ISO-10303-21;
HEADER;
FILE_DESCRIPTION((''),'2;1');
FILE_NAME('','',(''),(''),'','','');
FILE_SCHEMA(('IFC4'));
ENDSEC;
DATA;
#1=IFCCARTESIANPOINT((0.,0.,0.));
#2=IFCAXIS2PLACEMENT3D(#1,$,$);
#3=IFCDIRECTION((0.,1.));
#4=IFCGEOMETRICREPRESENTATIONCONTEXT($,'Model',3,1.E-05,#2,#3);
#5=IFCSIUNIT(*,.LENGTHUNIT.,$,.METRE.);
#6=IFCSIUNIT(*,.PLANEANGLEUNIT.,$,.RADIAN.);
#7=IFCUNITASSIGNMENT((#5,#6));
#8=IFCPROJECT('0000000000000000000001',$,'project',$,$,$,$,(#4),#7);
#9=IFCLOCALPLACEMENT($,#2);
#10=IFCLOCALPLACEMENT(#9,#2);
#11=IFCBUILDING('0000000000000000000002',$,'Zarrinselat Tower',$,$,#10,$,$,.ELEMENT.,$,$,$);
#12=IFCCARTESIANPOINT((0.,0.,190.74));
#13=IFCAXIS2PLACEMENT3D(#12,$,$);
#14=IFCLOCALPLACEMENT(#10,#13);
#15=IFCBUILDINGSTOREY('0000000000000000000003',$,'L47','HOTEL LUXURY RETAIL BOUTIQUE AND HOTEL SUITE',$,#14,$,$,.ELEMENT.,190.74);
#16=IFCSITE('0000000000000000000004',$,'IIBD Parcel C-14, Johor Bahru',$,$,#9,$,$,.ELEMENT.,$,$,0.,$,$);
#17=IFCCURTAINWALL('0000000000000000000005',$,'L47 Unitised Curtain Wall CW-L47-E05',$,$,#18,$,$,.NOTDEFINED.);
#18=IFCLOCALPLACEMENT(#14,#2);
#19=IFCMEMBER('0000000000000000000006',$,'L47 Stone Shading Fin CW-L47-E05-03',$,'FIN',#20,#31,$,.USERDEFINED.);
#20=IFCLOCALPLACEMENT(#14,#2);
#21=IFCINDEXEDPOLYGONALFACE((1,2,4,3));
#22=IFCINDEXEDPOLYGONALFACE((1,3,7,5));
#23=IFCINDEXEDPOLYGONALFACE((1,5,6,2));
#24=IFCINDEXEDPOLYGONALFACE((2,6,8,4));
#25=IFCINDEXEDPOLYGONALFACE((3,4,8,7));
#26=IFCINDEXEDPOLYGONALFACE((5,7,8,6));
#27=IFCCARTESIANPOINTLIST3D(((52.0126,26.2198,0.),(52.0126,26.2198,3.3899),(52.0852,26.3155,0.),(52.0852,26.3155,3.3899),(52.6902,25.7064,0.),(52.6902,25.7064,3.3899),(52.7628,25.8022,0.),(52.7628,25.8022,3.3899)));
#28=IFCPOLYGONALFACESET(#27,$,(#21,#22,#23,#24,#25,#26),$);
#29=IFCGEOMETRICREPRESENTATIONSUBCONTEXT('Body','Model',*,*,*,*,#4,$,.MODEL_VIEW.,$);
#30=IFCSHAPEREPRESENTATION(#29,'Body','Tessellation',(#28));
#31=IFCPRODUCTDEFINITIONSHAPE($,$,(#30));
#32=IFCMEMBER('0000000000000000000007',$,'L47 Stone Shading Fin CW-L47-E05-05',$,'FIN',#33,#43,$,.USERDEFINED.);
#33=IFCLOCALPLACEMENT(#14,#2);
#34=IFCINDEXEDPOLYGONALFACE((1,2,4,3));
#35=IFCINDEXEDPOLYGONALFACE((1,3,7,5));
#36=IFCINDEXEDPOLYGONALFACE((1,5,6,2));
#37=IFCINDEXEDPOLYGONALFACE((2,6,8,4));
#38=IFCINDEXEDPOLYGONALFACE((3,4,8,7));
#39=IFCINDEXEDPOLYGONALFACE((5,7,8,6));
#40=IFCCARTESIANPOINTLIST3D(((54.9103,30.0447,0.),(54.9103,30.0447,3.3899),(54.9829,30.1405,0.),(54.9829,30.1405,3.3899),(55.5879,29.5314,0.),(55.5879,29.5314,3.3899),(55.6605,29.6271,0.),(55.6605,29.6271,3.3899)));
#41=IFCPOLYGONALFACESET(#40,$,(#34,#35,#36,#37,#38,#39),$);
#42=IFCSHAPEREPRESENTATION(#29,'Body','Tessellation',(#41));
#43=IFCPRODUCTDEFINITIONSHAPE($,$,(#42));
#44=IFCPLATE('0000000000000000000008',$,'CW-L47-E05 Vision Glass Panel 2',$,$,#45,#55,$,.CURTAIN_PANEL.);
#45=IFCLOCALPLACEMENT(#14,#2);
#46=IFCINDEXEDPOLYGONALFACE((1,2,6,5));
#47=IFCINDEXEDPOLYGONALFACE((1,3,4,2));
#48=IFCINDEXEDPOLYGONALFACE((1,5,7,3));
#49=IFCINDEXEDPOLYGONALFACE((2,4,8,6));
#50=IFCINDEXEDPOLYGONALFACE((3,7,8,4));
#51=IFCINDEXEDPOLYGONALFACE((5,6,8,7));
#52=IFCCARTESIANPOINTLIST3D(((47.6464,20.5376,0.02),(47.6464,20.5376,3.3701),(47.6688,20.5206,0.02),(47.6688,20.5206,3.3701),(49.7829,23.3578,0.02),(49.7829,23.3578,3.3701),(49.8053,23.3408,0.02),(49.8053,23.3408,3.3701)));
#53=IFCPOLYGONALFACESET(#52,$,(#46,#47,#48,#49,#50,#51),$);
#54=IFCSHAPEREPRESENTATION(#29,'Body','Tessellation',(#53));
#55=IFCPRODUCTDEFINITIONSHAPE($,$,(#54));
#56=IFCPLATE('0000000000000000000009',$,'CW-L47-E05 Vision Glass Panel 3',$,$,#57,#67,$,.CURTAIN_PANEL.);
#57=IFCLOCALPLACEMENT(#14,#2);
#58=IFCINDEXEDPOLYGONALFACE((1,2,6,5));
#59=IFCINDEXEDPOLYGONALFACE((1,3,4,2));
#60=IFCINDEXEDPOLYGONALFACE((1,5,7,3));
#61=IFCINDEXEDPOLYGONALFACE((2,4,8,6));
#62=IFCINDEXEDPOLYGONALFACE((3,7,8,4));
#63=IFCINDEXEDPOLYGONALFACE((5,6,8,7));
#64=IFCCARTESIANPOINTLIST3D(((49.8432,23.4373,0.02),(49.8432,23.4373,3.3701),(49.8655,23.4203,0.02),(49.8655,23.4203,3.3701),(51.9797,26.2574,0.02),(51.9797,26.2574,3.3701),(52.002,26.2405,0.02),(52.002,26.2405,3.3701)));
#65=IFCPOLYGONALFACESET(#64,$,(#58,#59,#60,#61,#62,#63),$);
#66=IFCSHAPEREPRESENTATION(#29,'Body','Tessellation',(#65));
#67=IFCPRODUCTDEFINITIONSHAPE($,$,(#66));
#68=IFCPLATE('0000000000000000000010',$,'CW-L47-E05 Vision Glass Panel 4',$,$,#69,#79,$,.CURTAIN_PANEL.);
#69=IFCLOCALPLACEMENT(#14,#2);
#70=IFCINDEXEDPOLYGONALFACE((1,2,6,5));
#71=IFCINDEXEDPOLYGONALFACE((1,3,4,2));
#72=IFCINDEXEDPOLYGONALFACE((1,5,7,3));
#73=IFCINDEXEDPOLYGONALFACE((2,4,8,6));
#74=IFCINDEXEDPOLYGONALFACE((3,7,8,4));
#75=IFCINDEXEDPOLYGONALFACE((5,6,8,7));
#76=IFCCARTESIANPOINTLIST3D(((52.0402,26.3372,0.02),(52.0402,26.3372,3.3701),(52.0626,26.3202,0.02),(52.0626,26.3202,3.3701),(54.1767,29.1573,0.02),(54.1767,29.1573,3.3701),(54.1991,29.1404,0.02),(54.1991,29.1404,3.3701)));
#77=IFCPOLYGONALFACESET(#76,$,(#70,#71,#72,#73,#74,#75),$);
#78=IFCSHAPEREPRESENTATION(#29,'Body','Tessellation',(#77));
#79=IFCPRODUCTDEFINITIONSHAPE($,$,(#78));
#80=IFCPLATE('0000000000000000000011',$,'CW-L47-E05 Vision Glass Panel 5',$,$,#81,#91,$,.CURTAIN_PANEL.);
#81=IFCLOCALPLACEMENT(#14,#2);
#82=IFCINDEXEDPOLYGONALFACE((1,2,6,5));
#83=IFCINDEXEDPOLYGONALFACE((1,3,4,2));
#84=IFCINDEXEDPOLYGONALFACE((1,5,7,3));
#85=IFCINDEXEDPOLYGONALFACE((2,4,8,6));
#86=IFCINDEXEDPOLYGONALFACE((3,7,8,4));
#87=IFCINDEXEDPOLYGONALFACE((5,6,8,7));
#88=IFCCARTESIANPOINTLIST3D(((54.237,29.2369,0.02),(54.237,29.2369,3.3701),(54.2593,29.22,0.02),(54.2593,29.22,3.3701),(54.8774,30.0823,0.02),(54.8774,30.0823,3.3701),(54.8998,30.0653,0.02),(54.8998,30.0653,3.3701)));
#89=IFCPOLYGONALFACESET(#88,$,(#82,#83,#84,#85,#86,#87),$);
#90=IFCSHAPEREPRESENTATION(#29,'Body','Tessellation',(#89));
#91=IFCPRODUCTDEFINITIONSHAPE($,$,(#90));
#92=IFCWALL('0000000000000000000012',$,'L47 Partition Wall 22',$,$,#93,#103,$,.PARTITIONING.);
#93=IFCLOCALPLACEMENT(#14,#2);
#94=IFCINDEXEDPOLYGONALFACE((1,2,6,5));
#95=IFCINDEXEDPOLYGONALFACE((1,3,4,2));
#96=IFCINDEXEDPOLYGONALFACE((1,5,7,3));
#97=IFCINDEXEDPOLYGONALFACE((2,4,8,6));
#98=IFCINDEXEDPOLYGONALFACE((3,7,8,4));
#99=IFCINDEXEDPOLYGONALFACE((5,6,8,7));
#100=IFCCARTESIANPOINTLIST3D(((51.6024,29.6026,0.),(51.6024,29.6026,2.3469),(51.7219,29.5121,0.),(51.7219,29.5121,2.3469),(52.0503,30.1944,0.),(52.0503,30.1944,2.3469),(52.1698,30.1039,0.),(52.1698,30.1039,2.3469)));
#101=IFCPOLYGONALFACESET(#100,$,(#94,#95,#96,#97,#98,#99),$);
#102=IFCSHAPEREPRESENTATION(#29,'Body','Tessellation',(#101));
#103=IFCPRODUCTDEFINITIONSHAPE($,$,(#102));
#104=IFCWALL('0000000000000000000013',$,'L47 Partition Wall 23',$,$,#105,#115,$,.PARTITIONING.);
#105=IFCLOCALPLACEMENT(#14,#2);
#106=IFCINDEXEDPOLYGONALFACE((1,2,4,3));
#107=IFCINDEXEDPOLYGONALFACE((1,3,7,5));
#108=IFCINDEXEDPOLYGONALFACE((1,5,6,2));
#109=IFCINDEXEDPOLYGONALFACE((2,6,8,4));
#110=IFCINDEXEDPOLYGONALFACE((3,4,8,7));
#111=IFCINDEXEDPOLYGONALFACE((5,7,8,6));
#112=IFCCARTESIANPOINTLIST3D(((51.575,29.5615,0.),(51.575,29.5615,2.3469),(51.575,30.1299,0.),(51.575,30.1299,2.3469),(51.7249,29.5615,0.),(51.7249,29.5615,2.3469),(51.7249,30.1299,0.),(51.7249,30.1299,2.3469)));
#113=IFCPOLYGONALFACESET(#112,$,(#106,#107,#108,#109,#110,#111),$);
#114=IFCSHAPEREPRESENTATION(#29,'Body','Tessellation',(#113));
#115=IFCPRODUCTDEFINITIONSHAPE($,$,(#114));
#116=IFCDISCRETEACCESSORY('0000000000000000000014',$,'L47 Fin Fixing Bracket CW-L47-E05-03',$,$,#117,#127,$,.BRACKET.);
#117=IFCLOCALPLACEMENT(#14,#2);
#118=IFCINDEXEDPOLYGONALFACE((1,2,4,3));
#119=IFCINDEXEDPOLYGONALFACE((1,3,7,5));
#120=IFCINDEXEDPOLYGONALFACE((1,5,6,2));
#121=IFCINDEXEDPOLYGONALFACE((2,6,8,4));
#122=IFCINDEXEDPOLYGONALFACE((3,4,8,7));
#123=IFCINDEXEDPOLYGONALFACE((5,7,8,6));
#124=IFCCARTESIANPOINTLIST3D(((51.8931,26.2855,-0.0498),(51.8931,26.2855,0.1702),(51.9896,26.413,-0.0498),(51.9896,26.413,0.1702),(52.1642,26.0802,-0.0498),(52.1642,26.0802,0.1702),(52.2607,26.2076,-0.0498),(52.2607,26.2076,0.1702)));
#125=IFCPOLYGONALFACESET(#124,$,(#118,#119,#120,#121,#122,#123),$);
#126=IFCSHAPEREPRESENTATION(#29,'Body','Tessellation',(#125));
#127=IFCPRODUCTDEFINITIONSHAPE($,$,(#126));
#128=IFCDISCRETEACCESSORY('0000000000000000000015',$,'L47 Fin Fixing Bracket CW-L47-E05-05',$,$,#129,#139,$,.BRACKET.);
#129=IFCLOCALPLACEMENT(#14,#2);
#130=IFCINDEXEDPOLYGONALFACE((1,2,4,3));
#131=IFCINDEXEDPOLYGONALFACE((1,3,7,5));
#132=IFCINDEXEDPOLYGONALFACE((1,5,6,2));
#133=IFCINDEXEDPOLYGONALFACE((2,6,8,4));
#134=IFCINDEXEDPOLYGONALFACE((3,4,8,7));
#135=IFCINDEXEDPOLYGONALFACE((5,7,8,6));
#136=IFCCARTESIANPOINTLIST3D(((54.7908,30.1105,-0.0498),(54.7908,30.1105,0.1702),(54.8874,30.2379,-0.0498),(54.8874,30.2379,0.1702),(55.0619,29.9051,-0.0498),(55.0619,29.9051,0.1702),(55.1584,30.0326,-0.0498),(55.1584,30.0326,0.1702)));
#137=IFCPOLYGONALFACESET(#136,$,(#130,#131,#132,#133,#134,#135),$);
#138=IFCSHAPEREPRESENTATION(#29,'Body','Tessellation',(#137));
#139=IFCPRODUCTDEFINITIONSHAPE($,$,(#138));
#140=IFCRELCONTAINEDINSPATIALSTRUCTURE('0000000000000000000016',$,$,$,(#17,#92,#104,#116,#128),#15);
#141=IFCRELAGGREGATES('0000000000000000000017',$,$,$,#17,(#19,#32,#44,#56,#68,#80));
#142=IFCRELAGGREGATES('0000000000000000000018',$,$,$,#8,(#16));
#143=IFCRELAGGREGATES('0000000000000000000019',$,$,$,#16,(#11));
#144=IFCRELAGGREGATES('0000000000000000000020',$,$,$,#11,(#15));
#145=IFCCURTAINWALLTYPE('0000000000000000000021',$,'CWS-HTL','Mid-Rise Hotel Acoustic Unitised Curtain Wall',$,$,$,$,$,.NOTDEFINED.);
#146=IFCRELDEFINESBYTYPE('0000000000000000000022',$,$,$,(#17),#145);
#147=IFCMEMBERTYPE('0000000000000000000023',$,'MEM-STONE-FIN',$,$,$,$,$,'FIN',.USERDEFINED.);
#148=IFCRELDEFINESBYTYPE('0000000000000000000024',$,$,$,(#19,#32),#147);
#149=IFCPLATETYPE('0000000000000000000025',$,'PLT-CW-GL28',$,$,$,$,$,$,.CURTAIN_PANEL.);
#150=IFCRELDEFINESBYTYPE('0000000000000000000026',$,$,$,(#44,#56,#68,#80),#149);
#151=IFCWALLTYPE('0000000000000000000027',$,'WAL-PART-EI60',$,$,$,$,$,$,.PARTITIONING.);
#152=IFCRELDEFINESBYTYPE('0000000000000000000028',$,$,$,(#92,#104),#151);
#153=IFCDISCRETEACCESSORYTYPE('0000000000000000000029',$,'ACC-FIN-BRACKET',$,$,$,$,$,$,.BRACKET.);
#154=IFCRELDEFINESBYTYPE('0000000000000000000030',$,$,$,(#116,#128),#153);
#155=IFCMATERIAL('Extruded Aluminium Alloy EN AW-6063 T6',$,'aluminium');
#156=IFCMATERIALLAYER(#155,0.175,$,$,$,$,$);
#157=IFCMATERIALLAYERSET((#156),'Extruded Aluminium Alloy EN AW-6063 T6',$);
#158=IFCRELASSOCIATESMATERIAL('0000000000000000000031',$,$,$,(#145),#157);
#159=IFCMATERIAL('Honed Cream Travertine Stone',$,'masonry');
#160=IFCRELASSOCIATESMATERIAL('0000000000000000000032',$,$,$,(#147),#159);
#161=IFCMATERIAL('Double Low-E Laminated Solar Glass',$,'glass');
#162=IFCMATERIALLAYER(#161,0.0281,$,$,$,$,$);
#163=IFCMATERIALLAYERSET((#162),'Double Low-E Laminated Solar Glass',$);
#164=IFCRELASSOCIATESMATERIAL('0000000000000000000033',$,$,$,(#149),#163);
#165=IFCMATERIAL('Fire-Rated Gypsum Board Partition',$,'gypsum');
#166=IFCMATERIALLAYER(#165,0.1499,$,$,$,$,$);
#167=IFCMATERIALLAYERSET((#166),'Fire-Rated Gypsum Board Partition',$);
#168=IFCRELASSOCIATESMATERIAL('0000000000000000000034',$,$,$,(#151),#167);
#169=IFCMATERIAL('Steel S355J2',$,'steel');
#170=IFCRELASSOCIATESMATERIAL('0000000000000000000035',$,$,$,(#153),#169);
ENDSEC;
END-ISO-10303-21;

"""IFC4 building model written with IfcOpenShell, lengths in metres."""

from ifc_helpers import new_model, si_unit, direction, frame, frame_2d, origin, origin_2d, place, context, subcontext, project, spatial, rectangle, extrude, material, layer, layer_set, material_profile, profile_set, type_object, element, aggregate, save


model = new_model("IFC4")

# Units and contexts
model_context = context("Model", 3, precision=1e-05, world=origin(), true_north=direction((0.0, 1.0)))
body_context = subcontext(model_context, "Body", "Model", "MODEL_VIEW")
ifc_project = project(units=[si_unit("LENGTHUNIT", "METRE"), si_unit("PLANEANGLEUNIT", "RADIAN")], contexts=[model_context])

# Site, building, storey
site_placement = place(None, origin())
site = spatial("IfcSite", under=ifc_project, at=site_placement, Name="IIBD Parcel C-14, Johor Bahru", CompositionType="ELEMENT", RefElevation=0.0)
building_placement = place(site_placement, origin())
building = spatial("IfcBuilding", under=site, at=building_placement, Name="Zarrinselat Tower", CompositionType="ELEMENT")
storey_placement = place(building_placement, frame((0.0, 0.0, 190.74)))
storey = spatial("IfcBuildingStorey", under=building, at=storey_placement, Name="L47", Description="HOTEL LUXURY RETAIL BOUTIQUE AND HOTEL SUITE", CompositionType="ELEMENT", Elevation=190.74)

# Curtain wall, members, plates
ifc_material_1 = material(Name="Extruded Aluminium Alloy EN AW-6063 T6", Category="aluminium")
ifc_layer_1 = layer(ifc_material_1, 0.175)
ifc_layer_set_1 = layer_set([ifc_layer_1], Name="Extruded Aluminium Alloy EN AW-6063 T6")
curtain_wall_type = type_object("IfcCurtainWallType", Name="CWS-HTL", Description="Mid-Rise Hotel Acoustic Unitised Curtain Wall", PredefinedType="NOTDEFINED", material=ifc_layer_set_1)
curtain_wall_placement = place(storey_placement, origin())
curtain_wall = element("IfcCurtainWall", 1, at=curtain_wall_placement, inside=storey, type_object=curtain_wall_type, Name="L47 Unitised Curtain Wall CW-L47-E05", PredefinedType="NOTDEFINED")
ifc_material_2 = material(Name="Honed Cream Travertine Stone", Category="masonry")
ifc_material_profile_1 = material_profile(ifc_material_2, rectangle(XDim=0.1201, YDim=0.8501, at=origin_2d()), Name="FIN 850x120")
ifc_profile_set_1 = profile_set([ifc_material_profile_1], Name="Honed Cream Travertine Stone")
member_type_1 = type_object("IfcMemberType", Name="MEM-STONE-FIN", ElementType="FIN", PredefinedType="USERDEFINED", material=ifc_profile_set_1)
member_1_placement = place(storey_placement, frame((52.3877, 26.011, 0.0), z_axis=(0.0, 0.0, 1.0), x_axis=(-0.603857, -0.797093, 0.0)))
member_1 = element("IfcMember", 2, at=member_1_placement, type_object=member_type_1, Name="L47 Stone Shading Fin CW-L47-E05-03", ObjectType="FIN", PredefinedType="USERDEFINED", context=body_context, shape_type="SweptSolid", body=[
    extrude(rectangle(XDim=0.1201, YDim=0.8501, at=origin_2d()), origin(), (0.0, 0.0, 1.0), 3.3899),
])
member_2_placement = place(storey_placement, frame((55.2854, 29.8359, 0.0), z_axis=(0.0, 0.0, 1.0), x_axis=(-0.603857, -0.797093, 0.0)))
member_2 = element("IfcMember", 3, at=member_2_placement, type_object=member_type_1, Name="L47 Stone Shading Fin CW-L47-E05-05", ObjectType="FIN", PredefinedType="USERDEFINED", context=body_context, shape_type="SweptSolid", body=[
    extrude(rectangle(XDim=0.1201, YDim=0.8501, at=origin_2d()), origin(), (0.0, 0.0, 1.0), 3.3899),
])
ifc_material_3 = material(Name="Double Low-E Laminated Solar Glass", Category="glass")
ifc_layer_2 = layer(ifc_material_3, 0.0281)
ifc_layer_set_2 = layer_set([ifc_layer_2], Name="Double Low-E Laminated Solar Glass")
plate_type = type_object("IfcPlateType", Name="PLT-CW-GL28", PredefinedType="CURTAIN_PANEL", material=ifc_layer_set_2)
plate_1_placement = place(storey_placement, frame((48.7258, 21.9392, 0.02), z_axis=(0.0, 0.0, 1.0), x_axis=(0.603857, 0.797093, 0.0)))
plate_1 = element("IfcPlate", 4, at=plate_1_placement, type_object=plate_type, Name="CW-L47-E05 Vision Glass Panel 2", PredefinedType="CURTAIN_PANEL", context=body_context, shape_type="SweptSolid", body=[
    extrude(rectangle(XDim=3.5381, YDim=0.0281, at=origin_2d()), origin(), (0.0, 0.0, 1.0), 3.3501),
])
plate_2_placement = place(storey_placement, frame((50.9226, 24.8389, 0.02), z_axis=(0.0, 0.0, 1.0), x_axis=(0.603857, 0.797093, 0.0)))
plate_2 = element("IfcPlate", 5, at=plate_2_placement, type_object=plate_type, Name="CW-L47-E05 Vision Glass Panel 3", PredefinedType="CURTAIN_PANEL", context=body_context, shape_type="SweptSolid", body=[
    extrude(rectangle(XDim=3.5381, YDim=0.0281, at=origin_2d()), origin(), (0.0, 0.0, 1.0), 3.3501),
])
plate_3_placement = place(storey_placement, frame((53.1196, 27.7388, 0.02), z_axis=(0.0, 0.0, 1.0), x_axis=(0.603857, 0.797093, 0.0)))
plate_3 = element("IfcPlate", 6, at=plate_3_placement, type_object=plate_type, Name="CW-L47-E05 Vision Glass Panel 4", PredefinedType="CURTAIN_PANEL", context=body_context, shape_type="SweptSolid", body=[
    extrude(rectangle(XDim=3.5381, YDim=0.0281, at=origin_2d()), origin(), (0.0, 0.0, 1.0), 3.3501),
])
plate_4_placement = place(storey_placement, frame((54.5684, 29.6511, 0.02), z_axis=(0.0, 0.0, 1.0), x_axis=(0.603857, 0.797093, 0.0)))
plate_4 = element("IfcPlate", 7, at=plate_4_placement, type_object=plate_type, Name="CW-L47-E05 Vision Glass Panel 5", PredefinedType="CURTAIN_PANEL", context=body_context, shape_type="SweptSolid", body=[
    extrude(rectangle(XDim=1.0605, YDim=0.0281, at=origin_2d()), origin(), (0.0, 0.0, 1.0), 3.3501),
])
aggregate(curtain_wall, [member_1, member_2, plate_1, plate_2, plate_3, plate_4])

# Walls
ifc_material_4 = material(Name="Fire-Rated Gypsum Board Partition", Category="gypsum")
ifc_layer_3 = layer(ifc_material_4, 0.1499)
ifc_layer_set_3 = layer_set([ifc_layer_3], Name="Fire-Rated Gypsum Board Partition")
wall_type = type_object("IfcWallType", Name="WAL-PART-EI60", PredefinedType="PARTITIONING", material=ifc_layer_set_3)
wall_1_placement = place(storey_placement, frame((51.6621, 29.5574, 0.0), z_axis=(0.0, 0.0, 1.0), x_axis=(0.603573, 0.797308, 0.0)))
element("IfcWall", 8, at=wall_1_placement, inside=storey, type_object=wall_type, Name="L47 Partition Wall 22", PredefinedType="PARTITIONING", context=body_context, shape_type="SweptSolid", body=[
    extrude(rectangle(XDim=0.7422, YDim=0.1499, at=frame_2d((0.3711, 0.0))), origin(), (0.0, 0.0, 1.0), 2.3469),
])
wall_2_placement = place(storey_placement, frame((51.6499, 29.5615, 0.0), z_axis=(0.0, 0.0, 1.0), x_axis=(0.0, 1.0, 0.0)))
element("IfcWall", 9, at=wall_2_placement, inside=storey, type_object=wall_type, Name="L47 Partition Wall 23", PredefinedType="PARTITIONING", context=body_context, shape_type="SweptSolid", body=[
    extrude(rectangle(XDim=0.5684, YDim=0.1499, at=frame_2d((0.2842, 0.0))), origin(), (0.0, 0.0, 1.0), 2.3469),
])

# Discrete accessories
ifc_material_5 = material(Name="Steel S355J2", Category="steel")
discrete_accessory_type = type_object("IfcDiscreteAccessoryType", Name="ACC-FIN-BRACKET", PredefinedType="BRACKET", material=ifc_material_5)
for number, where, z_axis, x_axis, name in (
    (10, (52.0769, 26.2466, -0.0498), (0.0, 0.0, 1.0), (0.797093, -0.603857, 0.0), "L47 Fin Fixing Bracket CW-L47-E05-03"),
    (11, (54.9746, 30.0715, -0.0498), (0.0, 0.0, 1.0), (0.797093, -0.603857, 0.0), "L47 Fin Fixing Bracket CW-L47-E05-05"),
):
    element("IfcDiscreteAccessory", number, at=place(storey_placement, frame(where, z_axis=z_axis, x_axis=x_axis)), inside=storey, type_object=discrete_accessory_type, Name=name, PredefinedType="BRACKET", context=body_context, shape_type="SweptSolid", body=[
        extrude(rectangle(XDim=0.3401, YDim=0.1599, at=origin_2d()), origin(), (0.0, 0.0, 1.0), 0.22),
    ])

save(model, "model.ifc")
